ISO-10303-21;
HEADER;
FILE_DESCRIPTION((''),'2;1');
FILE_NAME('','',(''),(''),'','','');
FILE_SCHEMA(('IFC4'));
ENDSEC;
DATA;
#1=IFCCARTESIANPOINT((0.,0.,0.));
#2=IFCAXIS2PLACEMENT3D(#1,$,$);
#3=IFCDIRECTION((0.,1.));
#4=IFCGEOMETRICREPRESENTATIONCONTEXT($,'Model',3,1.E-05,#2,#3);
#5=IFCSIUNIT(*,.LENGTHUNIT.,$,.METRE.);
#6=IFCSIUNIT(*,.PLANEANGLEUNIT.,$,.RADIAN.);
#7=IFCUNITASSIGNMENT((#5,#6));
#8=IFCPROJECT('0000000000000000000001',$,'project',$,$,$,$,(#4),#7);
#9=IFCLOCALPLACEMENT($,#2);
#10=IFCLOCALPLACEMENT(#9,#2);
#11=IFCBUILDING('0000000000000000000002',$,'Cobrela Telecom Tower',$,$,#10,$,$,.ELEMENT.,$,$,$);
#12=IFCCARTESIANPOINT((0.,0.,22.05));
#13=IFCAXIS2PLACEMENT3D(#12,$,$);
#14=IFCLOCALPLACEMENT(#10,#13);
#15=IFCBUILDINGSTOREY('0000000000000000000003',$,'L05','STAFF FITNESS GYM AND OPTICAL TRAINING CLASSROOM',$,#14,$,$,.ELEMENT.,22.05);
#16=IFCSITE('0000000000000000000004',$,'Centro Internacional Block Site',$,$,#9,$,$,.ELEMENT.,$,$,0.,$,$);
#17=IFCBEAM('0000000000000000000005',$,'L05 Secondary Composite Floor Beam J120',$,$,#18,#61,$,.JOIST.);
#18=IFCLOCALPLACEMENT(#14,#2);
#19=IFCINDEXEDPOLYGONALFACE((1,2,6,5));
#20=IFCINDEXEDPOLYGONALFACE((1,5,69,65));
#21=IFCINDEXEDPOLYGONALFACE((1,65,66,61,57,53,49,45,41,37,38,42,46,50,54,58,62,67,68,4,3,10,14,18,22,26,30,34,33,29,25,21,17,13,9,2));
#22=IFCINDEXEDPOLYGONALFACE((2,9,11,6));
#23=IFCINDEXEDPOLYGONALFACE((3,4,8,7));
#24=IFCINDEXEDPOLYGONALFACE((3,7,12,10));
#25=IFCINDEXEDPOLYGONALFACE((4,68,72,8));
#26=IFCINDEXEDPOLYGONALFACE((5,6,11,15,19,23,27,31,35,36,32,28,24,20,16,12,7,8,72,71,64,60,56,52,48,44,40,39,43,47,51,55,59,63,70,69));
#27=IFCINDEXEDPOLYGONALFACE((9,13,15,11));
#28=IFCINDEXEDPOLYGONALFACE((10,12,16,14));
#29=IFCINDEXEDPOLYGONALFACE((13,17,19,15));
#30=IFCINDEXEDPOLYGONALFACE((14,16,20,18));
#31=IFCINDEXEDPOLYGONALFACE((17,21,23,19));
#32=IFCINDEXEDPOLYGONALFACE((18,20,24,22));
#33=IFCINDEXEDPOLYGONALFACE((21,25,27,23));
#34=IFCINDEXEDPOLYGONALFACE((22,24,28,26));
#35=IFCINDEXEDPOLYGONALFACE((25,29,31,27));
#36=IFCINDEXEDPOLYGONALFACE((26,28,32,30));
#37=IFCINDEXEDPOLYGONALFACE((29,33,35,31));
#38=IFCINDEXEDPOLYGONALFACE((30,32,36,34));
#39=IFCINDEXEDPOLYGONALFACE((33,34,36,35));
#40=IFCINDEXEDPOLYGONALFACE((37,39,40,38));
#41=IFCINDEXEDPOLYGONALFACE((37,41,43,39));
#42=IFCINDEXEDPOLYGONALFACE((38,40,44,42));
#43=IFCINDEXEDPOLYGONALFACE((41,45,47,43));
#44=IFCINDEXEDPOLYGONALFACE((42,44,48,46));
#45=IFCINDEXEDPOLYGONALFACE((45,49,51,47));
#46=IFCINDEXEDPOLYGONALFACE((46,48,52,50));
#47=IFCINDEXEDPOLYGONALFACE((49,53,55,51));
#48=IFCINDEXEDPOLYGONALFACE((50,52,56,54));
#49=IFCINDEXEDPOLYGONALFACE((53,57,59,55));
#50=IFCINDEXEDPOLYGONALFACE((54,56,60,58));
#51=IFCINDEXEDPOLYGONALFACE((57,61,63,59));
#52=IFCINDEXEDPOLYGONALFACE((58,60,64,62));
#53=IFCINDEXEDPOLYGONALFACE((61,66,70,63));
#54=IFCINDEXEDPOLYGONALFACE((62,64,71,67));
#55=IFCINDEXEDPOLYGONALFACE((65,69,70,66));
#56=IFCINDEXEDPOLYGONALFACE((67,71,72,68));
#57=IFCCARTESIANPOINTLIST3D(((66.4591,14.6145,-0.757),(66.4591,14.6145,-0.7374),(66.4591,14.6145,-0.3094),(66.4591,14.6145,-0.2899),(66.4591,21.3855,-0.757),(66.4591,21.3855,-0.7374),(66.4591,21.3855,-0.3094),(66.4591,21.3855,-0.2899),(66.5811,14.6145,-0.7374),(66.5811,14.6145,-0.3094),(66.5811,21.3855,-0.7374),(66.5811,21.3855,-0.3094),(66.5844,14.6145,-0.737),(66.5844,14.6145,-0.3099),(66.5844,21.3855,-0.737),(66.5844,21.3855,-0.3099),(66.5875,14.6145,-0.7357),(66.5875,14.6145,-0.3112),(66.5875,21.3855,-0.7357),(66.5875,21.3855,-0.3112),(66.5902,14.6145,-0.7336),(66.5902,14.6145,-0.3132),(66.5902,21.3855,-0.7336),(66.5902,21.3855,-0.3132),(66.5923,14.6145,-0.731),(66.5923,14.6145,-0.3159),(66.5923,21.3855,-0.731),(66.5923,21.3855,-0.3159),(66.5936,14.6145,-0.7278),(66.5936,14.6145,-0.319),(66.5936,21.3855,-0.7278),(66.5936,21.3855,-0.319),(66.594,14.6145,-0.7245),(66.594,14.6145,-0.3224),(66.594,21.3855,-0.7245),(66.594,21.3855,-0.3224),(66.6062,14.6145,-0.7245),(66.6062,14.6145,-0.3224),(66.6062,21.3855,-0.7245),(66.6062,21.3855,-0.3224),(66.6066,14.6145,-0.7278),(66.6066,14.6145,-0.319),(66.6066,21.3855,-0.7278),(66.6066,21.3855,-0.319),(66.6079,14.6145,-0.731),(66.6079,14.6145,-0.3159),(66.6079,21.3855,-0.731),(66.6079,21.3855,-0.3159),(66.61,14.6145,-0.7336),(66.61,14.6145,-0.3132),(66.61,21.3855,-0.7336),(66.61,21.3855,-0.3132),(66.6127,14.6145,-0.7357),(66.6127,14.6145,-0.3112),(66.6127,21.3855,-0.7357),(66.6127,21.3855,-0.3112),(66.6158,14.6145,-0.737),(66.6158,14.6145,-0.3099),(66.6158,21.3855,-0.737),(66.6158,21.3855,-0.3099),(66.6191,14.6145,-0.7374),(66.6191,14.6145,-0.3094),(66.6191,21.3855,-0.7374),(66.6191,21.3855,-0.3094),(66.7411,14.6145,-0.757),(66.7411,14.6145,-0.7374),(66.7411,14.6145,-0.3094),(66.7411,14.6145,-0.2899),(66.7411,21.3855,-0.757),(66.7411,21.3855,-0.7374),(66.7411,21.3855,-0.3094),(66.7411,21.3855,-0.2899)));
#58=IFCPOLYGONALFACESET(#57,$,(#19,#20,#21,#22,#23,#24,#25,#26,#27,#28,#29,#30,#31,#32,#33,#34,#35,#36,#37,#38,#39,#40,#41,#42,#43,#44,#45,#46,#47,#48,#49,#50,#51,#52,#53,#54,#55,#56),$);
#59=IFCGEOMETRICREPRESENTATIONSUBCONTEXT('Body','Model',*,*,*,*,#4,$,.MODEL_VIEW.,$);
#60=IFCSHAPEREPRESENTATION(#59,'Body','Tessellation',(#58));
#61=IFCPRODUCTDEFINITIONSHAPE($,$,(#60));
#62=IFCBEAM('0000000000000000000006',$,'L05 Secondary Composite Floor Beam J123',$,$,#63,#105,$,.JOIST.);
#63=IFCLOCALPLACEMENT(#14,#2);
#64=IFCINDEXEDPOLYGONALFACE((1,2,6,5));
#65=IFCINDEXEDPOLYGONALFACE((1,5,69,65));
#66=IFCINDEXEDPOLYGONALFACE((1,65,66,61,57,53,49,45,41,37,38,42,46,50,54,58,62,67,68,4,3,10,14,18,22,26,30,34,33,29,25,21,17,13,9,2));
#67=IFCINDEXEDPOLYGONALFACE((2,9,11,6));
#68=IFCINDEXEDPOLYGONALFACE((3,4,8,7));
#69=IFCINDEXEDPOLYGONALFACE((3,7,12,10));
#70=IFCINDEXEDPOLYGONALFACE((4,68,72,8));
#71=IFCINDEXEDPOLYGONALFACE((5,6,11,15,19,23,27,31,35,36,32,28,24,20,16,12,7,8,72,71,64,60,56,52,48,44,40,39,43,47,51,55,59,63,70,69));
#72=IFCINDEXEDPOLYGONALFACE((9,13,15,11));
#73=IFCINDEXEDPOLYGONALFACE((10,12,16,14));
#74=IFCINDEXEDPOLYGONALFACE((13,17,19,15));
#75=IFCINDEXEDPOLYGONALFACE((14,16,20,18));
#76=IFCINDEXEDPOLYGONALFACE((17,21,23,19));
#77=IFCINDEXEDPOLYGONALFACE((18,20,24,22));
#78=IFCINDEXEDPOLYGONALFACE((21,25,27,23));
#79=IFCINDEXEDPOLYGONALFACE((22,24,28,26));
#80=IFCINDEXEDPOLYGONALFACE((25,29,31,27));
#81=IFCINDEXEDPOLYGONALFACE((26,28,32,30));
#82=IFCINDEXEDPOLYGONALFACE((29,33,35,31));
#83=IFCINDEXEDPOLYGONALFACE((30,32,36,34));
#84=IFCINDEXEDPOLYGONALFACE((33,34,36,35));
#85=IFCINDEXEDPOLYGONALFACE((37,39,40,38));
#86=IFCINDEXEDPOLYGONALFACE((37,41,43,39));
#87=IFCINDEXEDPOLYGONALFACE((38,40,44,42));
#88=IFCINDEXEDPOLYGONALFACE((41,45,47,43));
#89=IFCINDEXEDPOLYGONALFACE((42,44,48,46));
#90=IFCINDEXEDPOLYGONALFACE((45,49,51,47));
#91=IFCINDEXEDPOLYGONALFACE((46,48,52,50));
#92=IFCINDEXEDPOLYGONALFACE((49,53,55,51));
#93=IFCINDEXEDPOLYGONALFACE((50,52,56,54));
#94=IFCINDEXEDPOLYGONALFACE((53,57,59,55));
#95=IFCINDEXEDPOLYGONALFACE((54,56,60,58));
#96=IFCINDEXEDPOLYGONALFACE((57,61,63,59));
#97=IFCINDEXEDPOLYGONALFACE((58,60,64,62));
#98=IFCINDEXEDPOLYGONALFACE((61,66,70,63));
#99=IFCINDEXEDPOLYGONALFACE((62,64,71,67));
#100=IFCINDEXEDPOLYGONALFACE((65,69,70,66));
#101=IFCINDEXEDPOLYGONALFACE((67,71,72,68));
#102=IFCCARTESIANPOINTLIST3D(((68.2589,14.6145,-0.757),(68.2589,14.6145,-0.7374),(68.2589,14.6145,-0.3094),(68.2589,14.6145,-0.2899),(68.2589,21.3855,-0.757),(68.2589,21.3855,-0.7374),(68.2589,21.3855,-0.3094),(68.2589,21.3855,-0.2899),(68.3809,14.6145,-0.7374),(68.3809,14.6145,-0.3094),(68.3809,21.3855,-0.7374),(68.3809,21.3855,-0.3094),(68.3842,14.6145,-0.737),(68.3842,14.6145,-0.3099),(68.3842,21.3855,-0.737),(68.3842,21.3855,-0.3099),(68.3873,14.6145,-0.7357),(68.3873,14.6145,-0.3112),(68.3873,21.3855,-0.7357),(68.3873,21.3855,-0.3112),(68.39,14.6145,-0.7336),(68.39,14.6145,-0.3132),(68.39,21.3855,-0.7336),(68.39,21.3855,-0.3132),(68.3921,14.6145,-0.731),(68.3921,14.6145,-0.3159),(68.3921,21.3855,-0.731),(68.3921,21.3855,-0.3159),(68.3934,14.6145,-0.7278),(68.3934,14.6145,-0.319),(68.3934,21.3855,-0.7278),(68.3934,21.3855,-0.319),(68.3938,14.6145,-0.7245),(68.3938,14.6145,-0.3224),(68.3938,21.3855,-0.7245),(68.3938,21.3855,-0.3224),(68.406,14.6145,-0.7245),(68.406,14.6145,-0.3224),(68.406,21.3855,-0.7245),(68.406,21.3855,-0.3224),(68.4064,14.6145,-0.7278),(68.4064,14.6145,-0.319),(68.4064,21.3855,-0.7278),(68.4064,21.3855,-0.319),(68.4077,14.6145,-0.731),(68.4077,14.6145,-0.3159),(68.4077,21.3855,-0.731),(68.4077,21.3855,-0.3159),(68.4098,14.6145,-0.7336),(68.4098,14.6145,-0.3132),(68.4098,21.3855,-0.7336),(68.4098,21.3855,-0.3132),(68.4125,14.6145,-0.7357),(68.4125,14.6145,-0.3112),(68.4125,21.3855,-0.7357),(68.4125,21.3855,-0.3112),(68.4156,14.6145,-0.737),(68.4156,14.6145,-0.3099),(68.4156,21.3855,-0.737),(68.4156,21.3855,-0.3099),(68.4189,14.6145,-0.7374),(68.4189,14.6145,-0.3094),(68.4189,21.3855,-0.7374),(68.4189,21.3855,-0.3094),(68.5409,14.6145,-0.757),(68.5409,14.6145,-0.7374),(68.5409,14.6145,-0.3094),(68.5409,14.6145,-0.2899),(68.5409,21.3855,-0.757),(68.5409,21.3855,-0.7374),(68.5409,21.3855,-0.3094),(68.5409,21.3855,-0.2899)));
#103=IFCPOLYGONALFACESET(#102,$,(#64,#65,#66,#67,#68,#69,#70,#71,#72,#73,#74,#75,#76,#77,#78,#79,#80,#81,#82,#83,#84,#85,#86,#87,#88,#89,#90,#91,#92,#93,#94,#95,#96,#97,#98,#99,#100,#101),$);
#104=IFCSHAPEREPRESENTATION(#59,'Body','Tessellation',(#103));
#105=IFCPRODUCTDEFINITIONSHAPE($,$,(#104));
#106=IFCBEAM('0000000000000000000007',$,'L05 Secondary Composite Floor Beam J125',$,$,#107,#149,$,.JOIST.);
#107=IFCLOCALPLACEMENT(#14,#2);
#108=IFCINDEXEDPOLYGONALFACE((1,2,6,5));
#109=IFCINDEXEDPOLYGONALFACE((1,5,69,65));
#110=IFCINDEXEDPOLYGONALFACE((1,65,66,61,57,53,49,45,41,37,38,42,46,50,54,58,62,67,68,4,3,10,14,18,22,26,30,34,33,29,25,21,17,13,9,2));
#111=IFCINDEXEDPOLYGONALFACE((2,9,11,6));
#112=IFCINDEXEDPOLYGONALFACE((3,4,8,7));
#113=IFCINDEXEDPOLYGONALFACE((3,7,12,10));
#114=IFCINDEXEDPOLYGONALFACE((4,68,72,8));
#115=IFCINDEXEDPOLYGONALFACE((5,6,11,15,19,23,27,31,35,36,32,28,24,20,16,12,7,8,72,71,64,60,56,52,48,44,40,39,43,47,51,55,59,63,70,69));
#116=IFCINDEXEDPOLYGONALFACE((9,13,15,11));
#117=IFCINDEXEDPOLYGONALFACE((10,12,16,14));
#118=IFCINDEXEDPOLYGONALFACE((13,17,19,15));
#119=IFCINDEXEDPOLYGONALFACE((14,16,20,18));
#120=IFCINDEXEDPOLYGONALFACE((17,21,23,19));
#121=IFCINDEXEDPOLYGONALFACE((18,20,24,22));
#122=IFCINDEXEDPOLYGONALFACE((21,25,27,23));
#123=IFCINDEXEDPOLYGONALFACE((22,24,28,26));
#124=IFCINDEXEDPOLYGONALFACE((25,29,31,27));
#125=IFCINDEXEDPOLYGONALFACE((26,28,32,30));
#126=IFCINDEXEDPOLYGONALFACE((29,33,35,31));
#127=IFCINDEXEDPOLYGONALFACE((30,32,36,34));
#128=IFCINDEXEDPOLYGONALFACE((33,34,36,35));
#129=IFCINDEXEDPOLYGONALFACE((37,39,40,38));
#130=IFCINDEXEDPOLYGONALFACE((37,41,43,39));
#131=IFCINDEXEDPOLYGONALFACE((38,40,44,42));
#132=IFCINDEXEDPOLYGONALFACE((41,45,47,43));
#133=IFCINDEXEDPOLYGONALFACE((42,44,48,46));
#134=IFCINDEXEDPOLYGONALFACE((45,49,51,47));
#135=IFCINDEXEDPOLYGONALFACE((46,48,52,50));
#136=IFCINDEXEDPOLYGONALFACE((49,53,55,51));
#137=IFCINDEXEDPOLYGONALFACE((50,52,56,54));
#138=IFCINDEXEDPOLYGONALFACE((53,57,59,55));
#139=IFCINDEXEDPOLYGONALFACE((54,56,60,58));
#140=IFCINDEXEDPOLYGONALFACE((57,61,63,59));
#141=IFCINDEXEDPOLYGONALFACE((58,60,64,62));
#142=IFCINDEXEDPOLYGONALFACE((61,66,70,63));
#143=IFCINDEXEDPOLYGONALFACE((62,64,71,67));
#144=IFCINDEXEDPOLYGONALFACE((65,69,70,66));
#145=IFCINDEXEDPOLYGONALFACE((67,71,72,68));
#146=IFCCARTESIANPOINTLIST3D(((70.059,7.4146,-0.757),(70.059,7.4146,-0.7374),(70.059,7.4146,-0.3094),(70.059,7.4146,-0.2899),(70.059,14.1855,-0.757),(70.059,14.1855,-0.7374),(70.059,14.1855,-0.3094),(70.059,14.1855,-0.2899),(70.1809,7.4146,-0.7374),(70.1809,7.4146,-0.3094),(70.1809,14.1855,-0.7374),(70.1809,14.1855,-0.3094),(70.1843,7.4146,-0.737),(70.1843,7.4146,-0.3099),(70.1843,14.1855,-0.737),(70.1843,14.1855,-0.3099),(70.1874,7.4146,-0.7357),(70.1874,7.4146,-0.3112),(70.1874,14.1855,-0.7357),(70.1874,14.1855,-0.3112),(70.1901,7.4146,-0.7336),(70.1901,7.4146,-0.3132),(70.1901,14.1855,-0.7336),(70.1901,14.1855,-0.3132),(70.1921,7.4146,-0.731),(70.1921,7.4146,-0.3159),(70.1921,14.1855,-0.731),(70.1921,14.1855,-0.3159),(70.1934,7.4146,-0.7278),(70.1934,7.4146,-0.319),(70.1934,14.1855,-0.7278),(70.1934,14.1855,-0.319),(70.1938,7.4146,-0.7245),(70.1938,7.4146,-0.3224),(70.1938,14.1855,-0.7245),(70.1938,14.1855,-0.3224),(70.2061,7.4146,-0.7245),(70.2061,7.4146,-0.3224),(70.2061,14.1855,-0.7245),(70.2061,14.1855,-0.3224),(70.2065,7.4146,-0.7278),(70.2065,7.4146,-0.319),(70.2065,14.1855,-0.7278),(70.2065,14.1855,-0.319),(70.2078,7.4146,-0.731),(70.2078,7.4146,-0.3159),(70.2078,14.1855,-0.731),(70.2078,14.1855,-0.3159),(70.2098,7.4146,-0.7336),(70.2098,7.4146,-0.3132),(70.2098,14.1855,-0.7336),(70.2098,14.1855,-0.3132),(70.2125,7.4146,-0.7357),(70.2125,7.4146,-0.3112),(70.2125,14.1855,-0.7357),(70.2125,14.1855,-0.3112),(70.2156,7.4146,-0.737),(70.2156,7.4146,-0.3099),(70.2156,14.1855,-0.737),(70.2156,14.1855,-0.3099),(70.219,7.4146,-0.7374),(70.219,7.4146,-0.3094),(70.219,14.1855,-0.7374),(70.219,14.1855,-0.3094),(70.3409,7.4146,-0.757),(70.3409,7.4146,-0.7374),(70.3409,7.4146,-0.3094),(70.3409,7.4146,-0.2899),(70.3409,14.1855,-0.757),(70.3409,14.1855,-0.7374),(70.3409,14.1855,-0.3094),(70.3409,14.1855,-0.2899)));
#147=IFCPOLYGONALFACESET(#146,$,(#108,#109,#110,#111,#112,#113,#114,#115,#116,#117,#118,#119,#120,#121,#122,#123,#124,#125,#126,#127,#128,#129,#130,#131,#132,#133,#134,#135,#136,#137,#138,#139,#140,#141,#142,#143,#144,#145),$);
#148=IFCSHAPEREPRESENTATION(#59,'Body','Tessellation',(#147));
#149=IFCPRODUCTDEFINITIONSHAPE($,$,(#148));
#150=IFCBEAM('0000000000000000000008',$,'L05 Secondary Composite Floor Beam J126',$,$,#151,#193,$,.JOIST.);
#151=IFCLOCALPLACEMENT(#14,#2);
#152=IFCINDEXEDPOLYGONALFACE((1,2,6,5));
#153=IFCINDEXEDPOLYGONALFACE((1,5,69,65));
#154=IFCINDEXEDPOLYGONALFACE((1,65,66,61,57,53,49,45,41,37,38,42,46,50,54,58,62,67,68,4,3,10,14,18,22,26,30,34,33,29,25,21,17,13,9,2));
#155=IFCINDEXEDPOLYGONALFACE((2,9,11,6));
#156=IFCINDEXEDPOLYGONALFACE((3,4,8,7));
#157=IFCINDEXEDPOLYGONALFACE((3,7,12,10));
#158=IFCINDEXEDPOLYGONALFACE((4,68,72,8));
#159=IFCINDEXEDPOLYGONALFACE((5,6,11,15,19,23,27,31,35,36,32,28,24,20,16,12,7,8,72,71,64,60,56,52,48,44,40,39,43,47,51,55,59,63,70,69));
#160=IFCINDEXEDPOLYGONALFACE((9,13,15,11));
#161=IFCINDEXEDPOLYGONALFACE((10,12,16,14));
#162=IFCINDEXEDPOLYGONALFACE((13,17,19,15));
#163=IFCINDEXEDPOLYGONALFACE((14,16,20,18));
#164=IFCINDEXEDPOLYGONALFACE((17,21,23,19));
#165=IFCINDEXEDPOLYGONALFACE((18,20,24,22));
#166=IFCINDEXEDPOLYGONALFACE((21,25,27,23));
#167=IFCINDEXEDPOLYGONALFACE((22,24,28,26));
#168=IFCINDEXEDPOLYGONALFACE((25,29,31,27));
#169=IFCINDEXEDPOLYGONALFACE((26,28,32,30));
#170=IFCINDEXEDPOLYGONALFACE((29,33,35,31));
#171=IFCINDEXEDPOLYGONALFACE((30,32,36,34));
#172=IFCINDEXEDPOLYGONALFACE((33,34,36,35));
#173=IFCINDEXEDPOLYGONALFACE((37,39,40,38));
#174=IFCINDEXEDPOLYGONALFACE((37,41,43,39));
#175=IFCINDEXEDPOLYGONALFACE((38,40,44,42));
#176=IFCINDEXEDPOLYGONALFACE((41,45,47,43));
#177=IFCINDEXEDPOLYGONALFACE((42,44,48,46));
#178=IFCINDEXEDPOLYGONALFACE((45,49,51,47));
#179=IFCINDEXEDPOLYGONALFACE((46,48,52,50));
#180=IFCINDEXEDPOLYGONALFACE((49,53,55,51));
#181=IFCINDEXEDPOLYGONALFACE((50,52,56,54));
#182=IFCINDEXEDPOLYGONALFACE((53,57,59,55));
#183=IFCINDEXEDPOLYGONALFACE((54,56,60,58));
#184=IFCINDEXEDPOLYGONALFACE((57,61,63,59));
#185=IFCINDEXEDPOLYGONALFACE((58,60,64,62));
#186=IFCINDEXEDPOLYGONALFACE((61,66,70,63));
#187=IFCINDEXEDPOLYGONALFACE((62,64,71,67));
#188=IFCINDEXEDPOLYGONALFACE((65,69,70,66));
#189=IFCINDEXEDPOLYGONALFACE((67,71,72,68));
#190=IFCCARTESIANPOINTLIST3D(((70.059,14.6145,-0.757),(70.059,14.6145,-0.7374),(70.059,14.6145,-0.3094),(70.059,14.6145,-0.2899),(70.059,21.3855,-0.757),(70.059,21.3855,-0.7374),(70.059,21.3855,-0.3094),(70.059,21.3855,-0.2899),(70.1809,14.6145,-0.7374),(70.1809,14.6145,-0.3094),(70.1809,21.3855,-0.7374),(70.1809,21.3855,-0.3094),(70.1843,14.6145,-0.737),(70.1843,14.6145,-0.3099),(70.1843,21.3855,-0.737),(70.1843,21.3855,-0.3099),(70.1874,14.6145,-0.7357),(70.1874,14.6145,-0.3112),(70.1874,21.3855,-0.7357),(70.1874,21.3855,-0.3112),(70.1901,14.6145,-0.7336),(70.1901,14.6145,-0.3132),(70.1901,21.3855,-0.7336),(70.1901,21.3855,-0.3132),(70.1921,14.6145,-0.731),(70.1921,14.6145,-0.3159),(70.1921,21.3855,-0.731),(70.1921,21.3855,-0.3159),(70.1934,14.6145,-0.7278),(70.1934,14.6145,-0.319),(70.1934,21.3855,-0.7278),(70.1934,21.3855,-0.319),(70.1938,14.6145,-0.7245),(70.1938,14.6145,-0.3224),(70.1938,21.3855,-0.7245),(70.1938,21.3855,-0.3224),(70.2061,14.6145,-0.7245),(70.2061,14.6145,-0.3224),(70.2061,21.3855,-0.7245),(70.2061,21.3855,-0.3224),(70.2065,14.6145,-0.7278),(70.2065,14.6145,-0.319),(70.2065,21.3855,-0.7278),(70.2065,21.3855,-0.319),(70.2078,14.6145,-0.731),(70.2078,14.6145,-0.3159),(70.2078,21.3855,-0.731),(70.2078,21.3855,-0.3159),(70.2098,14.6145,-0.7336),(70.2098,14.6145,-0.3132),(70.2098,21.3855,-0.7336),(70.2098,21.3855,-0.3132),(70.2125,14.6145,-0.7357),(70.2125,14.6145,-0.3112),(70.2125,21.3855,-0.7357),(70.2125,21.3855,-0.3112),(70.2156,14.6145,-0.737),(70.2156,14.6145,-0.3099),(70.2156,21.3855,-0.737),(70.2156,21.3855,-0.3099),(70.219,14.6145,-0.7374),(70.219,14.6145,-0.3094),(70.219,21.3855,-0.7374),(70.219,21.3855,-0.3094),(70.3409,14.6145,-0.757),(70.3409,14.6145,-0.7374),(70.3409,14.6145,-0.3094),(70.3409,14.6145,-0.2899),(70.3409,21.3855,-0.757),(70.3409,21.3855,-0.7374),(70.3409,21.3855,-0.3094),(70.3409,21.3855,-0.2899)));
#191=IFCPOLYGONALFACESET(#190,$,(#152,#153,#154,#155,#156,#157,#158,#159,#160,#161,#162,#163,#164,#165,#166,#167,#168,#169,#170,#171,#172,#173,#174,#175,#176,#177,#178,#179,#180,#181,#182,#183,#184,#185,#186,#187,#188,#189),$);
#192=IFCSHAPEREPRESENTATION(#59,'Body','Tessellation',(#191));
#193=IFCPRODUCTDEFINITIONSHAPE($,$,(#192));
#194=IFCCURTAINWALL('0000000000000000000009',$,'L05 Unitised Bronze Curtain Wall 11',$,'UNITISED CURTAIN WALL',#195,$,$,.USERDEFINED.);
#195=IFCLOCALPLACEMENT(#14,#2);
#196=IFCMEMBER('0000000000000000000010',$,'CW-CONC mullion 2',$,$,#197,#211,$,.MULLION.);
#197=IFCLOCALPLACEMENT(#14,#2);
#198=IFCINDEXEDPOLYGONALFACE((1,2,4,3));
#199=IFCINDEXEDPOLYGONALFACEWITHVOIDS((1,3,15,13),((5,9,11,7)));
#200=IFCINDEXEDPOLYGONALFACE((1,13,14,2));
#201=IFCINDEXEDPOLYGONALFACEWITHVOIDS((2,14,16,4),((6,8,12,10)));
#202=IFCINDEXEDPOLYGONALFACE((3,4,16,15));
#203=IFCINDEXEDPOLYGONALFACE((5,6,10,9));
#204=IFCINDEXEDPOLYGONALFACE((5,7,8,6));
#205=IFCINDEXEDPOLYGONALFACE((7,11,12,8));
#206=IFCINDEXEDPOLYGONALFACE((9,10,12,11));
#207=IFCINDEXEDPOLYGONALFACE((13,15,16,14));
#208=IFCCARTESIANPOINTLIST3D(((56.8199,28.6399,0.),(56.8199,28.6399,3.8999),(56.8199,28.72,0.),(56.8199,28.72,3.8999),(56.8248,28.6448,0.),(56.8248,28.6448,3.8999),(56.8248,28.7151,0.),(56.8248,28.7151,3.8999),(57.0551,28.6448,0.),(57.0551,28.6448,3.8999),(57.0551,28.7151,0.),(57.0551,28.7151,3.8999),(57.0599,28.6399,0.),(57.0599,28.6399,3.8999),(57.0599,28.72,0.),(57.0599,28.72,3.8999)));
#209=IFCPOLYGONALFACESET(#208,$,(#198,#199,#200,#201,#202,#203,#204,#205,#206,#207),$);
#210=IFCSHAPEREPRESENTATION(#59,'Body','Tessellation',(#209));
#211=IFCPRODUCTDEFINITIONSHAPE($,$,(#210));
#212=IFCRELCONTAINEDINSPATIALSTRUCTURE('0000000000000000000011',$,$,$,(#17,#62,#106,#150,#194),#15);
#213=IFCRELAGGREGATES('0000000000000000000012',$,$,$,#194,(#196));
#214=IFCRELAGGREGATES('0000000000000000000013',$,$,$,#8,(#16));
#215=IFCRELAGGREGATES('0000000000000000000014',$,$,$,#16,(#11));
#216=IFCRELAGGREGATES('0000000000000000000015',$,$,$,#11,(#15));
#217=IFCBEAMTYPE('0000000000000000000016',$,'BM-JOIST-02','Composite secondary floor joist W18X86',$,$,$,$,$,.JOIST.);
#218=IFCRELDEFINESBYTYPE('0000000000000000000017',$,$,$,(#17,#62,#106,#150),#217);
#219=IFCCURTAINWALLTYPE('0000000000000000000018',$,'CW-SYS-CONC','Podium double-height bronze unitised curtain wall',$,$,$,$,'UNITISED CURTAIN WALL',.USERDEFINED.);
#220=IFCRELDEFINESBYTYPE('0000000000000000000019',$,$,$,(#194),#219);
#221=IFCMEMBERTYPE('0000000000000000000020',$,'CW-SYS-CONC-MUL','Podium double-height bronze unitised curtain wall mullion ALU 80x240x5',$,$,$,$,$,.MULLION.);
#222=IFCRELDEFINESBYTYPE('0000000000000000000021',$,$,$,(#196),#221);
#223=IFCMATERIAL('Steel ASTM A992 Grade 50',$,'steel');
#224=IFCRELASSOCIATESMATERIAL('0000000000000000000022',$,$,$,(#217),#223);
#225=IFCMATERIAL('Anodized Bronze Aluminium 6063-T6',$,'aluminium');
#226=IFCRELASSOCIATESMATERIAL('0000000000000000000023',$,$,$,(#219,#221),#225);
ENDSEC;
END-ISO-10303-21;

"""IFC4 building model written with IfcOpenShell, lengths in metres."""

from ifc_helpers import new_model, si_unit, direction, frame, origin, origin_2d, place, context, subcontext, project, spatial, hollow_rectangle, i_section, extrude, material, material_profile, profile_set, type_object, element, aggregate, save


model = new_model("IFC4")

# Units and contexts
model_context = context("Model", 3, precision=1e-05, world=origin(), true_north=direction((0.0, 1.0)))
body_context = subcontext(model_context, "Body", "Model", "MODEL_VIEW")
ifc_project = project(units=[si_unit("LENGTHUNIT", "METRE"), si_unit("PLANEANGLEUNIT", "RADIAN")], contexts=[model_context])

# Site, building, storey
site_placement = place(None, origin())
site = spatial("IfcSite", under=ifc_project, at=site_placement, Name="Centro Internacional Block Site", CompositionType="ELEMENT", RefElevation=0.0)
building_placement = place(site_placement, origin())
building = spatial("IfcBuilding", under=site, at=building_placement, Name="Cobrela Telecom Tower", CompositionType="ELEMENT")
storey_placement = place(building_placement, frame((0.0, 0.0, 22.05)))
storey = spatial("IfcBuildingStorey", under=building, at=storey_placement, Name="L05", Description="STAFF FITNESS GYM AND OPTICAL TRAINING CLASSROOM", CompositionType="ELEMENT", Elevation=22.05)

# Beams
ifc_material_1 = material(Name="Steel ASTM A992 Grade 50", Category="steel")
ifc_material_profile_1 = material_profile(ifc_material_1, i_section(OverallWidth=0.282, OverallDepth=0.467, WebThickness=0.0122, FlangeThickness=0.0195, FilletRadius=0.0129, at=origin_2d()), Name="W18X86")
ifc_profile_set_1 = profile_set([ifc_material_profile_1], Name="Steel ASTM A992 Grade 50")
beam_type_1 = type_object("IfcBeamType", Name="BM-JOIST-02", Description="Composite secondary floor joist W18X86", PredefinedType="JOIST", material=ifc_profile_set_1)
for number, where, z_axis, x_axis, name in (
    (1, (66.6001, 14.6145, -0.5234), (0.0, 1.0, 0.0), (-1.0, 0.0, 0.0), "L05 Secondary Composite Floor Beam J120"),
    (2, (68.3999, 14.6145, -0.5234), (0.0, 1.0, 0.0), (-1.0, 0.0, 0.0), "L05 Secondary Composite Floor Beam J123"),
    (3, (70.2, 7.4146, -0.5234), (0.0, 1.0, 0.0), (-1.0, 0.0, 0.0), "L05 Secondary Composite Floor Beam J125"),
    (4, (70.2, 14.6145, -0.5234), (0.0, 1.0, 0.0), (-1.0, 0.0, 0.0), "L05 Secondary Composite Floor Beam J126"),
):
    element("IfcBeam", number, at=place(storey_placement, frame(where, z_axis=z_axis, x_axis=x_axis)), inside=storey, type_object=beam_type_1, Name=name, PredefinedType="JOIST", context=body_context, shape_type="SweptSolid", body=[
        extrude(i_section(OverallWidth=0.282, OverallDepth=0.467, WebThickness=0.0122, FlangeThickness=0.0195, FilletRadius=0.0129, at=origin_2d()), origin(), (0.0, 0.0, 1.0), 6.771),
    ])

# Curtain wall, member
ifc_material_2 = material(Name="Anodized Bronze Aluminium 6063-T6", Category="aluminium")
curtain_wall_type = type_object("IfcCurtainWallType", Name="CW-SYS-CONC", Description="Podium double-height bronze unitised curtain wall", ElementType="UNITISED CURTAIN WALL", PredefinedType="USERDEFINED", material=ifc_material_2)
curtain_wall_placement = place(storey_placement, origin())
curtain_wall = element("IfcCurtainWall", 5, at=curtain_wall_placement, inside=storey, type_object=curtain_wall_type, Name="L05 Unitised Bronze Curtain Wall 11", ObjectType="UNITISED CURTAIN WALL", PredefinedType="USERDEFINED")
ifc_material_profile_2 = material_profile(ifc_material_2, hollow_rectangle(XDim=0.0801, YDim=0.24, WallThickness=0.0049, at=origin_2d()), Name="ALU 80x240x5")
ifc_profile_set_2 = profile_set([ifc_material_profile_2], Name="Anodized Bronze Aluminium 6063-T6")
member_type_1 = type_object("IfcMemberType", Name="CW-SYS-CONC-MUL", Description="Podium double-height bronze unitised curtain wall mullion ALU 80x240x5", PredefinedType="MULLION", material=ifc_profile_set_2)
member_1_placement = place(storey_placement, frame((56.9399, 28.6799, 0.0), z_axis=(0.0, 0.0, 1.0), x_axis=(0.0, 1.0, 0.0)))
member_1 = element("IfcMember", 6, at=member_1_placement, type_object=member_type_1, Name="CW-CONC mullion 2", PredefinedType="MULLION", context=body_context, shape_type="SweptSolid", body=[
    extrude(hollow_rectangle(XDim=0.0801, YDim=0.24, WallThickness=0.0049, at=origin_2d()), origin(), (0.0, 0.0, 1.0), 3.8999),
])
aggregate(curtain_wall, [member_1])

save(model, "model.ifc")
